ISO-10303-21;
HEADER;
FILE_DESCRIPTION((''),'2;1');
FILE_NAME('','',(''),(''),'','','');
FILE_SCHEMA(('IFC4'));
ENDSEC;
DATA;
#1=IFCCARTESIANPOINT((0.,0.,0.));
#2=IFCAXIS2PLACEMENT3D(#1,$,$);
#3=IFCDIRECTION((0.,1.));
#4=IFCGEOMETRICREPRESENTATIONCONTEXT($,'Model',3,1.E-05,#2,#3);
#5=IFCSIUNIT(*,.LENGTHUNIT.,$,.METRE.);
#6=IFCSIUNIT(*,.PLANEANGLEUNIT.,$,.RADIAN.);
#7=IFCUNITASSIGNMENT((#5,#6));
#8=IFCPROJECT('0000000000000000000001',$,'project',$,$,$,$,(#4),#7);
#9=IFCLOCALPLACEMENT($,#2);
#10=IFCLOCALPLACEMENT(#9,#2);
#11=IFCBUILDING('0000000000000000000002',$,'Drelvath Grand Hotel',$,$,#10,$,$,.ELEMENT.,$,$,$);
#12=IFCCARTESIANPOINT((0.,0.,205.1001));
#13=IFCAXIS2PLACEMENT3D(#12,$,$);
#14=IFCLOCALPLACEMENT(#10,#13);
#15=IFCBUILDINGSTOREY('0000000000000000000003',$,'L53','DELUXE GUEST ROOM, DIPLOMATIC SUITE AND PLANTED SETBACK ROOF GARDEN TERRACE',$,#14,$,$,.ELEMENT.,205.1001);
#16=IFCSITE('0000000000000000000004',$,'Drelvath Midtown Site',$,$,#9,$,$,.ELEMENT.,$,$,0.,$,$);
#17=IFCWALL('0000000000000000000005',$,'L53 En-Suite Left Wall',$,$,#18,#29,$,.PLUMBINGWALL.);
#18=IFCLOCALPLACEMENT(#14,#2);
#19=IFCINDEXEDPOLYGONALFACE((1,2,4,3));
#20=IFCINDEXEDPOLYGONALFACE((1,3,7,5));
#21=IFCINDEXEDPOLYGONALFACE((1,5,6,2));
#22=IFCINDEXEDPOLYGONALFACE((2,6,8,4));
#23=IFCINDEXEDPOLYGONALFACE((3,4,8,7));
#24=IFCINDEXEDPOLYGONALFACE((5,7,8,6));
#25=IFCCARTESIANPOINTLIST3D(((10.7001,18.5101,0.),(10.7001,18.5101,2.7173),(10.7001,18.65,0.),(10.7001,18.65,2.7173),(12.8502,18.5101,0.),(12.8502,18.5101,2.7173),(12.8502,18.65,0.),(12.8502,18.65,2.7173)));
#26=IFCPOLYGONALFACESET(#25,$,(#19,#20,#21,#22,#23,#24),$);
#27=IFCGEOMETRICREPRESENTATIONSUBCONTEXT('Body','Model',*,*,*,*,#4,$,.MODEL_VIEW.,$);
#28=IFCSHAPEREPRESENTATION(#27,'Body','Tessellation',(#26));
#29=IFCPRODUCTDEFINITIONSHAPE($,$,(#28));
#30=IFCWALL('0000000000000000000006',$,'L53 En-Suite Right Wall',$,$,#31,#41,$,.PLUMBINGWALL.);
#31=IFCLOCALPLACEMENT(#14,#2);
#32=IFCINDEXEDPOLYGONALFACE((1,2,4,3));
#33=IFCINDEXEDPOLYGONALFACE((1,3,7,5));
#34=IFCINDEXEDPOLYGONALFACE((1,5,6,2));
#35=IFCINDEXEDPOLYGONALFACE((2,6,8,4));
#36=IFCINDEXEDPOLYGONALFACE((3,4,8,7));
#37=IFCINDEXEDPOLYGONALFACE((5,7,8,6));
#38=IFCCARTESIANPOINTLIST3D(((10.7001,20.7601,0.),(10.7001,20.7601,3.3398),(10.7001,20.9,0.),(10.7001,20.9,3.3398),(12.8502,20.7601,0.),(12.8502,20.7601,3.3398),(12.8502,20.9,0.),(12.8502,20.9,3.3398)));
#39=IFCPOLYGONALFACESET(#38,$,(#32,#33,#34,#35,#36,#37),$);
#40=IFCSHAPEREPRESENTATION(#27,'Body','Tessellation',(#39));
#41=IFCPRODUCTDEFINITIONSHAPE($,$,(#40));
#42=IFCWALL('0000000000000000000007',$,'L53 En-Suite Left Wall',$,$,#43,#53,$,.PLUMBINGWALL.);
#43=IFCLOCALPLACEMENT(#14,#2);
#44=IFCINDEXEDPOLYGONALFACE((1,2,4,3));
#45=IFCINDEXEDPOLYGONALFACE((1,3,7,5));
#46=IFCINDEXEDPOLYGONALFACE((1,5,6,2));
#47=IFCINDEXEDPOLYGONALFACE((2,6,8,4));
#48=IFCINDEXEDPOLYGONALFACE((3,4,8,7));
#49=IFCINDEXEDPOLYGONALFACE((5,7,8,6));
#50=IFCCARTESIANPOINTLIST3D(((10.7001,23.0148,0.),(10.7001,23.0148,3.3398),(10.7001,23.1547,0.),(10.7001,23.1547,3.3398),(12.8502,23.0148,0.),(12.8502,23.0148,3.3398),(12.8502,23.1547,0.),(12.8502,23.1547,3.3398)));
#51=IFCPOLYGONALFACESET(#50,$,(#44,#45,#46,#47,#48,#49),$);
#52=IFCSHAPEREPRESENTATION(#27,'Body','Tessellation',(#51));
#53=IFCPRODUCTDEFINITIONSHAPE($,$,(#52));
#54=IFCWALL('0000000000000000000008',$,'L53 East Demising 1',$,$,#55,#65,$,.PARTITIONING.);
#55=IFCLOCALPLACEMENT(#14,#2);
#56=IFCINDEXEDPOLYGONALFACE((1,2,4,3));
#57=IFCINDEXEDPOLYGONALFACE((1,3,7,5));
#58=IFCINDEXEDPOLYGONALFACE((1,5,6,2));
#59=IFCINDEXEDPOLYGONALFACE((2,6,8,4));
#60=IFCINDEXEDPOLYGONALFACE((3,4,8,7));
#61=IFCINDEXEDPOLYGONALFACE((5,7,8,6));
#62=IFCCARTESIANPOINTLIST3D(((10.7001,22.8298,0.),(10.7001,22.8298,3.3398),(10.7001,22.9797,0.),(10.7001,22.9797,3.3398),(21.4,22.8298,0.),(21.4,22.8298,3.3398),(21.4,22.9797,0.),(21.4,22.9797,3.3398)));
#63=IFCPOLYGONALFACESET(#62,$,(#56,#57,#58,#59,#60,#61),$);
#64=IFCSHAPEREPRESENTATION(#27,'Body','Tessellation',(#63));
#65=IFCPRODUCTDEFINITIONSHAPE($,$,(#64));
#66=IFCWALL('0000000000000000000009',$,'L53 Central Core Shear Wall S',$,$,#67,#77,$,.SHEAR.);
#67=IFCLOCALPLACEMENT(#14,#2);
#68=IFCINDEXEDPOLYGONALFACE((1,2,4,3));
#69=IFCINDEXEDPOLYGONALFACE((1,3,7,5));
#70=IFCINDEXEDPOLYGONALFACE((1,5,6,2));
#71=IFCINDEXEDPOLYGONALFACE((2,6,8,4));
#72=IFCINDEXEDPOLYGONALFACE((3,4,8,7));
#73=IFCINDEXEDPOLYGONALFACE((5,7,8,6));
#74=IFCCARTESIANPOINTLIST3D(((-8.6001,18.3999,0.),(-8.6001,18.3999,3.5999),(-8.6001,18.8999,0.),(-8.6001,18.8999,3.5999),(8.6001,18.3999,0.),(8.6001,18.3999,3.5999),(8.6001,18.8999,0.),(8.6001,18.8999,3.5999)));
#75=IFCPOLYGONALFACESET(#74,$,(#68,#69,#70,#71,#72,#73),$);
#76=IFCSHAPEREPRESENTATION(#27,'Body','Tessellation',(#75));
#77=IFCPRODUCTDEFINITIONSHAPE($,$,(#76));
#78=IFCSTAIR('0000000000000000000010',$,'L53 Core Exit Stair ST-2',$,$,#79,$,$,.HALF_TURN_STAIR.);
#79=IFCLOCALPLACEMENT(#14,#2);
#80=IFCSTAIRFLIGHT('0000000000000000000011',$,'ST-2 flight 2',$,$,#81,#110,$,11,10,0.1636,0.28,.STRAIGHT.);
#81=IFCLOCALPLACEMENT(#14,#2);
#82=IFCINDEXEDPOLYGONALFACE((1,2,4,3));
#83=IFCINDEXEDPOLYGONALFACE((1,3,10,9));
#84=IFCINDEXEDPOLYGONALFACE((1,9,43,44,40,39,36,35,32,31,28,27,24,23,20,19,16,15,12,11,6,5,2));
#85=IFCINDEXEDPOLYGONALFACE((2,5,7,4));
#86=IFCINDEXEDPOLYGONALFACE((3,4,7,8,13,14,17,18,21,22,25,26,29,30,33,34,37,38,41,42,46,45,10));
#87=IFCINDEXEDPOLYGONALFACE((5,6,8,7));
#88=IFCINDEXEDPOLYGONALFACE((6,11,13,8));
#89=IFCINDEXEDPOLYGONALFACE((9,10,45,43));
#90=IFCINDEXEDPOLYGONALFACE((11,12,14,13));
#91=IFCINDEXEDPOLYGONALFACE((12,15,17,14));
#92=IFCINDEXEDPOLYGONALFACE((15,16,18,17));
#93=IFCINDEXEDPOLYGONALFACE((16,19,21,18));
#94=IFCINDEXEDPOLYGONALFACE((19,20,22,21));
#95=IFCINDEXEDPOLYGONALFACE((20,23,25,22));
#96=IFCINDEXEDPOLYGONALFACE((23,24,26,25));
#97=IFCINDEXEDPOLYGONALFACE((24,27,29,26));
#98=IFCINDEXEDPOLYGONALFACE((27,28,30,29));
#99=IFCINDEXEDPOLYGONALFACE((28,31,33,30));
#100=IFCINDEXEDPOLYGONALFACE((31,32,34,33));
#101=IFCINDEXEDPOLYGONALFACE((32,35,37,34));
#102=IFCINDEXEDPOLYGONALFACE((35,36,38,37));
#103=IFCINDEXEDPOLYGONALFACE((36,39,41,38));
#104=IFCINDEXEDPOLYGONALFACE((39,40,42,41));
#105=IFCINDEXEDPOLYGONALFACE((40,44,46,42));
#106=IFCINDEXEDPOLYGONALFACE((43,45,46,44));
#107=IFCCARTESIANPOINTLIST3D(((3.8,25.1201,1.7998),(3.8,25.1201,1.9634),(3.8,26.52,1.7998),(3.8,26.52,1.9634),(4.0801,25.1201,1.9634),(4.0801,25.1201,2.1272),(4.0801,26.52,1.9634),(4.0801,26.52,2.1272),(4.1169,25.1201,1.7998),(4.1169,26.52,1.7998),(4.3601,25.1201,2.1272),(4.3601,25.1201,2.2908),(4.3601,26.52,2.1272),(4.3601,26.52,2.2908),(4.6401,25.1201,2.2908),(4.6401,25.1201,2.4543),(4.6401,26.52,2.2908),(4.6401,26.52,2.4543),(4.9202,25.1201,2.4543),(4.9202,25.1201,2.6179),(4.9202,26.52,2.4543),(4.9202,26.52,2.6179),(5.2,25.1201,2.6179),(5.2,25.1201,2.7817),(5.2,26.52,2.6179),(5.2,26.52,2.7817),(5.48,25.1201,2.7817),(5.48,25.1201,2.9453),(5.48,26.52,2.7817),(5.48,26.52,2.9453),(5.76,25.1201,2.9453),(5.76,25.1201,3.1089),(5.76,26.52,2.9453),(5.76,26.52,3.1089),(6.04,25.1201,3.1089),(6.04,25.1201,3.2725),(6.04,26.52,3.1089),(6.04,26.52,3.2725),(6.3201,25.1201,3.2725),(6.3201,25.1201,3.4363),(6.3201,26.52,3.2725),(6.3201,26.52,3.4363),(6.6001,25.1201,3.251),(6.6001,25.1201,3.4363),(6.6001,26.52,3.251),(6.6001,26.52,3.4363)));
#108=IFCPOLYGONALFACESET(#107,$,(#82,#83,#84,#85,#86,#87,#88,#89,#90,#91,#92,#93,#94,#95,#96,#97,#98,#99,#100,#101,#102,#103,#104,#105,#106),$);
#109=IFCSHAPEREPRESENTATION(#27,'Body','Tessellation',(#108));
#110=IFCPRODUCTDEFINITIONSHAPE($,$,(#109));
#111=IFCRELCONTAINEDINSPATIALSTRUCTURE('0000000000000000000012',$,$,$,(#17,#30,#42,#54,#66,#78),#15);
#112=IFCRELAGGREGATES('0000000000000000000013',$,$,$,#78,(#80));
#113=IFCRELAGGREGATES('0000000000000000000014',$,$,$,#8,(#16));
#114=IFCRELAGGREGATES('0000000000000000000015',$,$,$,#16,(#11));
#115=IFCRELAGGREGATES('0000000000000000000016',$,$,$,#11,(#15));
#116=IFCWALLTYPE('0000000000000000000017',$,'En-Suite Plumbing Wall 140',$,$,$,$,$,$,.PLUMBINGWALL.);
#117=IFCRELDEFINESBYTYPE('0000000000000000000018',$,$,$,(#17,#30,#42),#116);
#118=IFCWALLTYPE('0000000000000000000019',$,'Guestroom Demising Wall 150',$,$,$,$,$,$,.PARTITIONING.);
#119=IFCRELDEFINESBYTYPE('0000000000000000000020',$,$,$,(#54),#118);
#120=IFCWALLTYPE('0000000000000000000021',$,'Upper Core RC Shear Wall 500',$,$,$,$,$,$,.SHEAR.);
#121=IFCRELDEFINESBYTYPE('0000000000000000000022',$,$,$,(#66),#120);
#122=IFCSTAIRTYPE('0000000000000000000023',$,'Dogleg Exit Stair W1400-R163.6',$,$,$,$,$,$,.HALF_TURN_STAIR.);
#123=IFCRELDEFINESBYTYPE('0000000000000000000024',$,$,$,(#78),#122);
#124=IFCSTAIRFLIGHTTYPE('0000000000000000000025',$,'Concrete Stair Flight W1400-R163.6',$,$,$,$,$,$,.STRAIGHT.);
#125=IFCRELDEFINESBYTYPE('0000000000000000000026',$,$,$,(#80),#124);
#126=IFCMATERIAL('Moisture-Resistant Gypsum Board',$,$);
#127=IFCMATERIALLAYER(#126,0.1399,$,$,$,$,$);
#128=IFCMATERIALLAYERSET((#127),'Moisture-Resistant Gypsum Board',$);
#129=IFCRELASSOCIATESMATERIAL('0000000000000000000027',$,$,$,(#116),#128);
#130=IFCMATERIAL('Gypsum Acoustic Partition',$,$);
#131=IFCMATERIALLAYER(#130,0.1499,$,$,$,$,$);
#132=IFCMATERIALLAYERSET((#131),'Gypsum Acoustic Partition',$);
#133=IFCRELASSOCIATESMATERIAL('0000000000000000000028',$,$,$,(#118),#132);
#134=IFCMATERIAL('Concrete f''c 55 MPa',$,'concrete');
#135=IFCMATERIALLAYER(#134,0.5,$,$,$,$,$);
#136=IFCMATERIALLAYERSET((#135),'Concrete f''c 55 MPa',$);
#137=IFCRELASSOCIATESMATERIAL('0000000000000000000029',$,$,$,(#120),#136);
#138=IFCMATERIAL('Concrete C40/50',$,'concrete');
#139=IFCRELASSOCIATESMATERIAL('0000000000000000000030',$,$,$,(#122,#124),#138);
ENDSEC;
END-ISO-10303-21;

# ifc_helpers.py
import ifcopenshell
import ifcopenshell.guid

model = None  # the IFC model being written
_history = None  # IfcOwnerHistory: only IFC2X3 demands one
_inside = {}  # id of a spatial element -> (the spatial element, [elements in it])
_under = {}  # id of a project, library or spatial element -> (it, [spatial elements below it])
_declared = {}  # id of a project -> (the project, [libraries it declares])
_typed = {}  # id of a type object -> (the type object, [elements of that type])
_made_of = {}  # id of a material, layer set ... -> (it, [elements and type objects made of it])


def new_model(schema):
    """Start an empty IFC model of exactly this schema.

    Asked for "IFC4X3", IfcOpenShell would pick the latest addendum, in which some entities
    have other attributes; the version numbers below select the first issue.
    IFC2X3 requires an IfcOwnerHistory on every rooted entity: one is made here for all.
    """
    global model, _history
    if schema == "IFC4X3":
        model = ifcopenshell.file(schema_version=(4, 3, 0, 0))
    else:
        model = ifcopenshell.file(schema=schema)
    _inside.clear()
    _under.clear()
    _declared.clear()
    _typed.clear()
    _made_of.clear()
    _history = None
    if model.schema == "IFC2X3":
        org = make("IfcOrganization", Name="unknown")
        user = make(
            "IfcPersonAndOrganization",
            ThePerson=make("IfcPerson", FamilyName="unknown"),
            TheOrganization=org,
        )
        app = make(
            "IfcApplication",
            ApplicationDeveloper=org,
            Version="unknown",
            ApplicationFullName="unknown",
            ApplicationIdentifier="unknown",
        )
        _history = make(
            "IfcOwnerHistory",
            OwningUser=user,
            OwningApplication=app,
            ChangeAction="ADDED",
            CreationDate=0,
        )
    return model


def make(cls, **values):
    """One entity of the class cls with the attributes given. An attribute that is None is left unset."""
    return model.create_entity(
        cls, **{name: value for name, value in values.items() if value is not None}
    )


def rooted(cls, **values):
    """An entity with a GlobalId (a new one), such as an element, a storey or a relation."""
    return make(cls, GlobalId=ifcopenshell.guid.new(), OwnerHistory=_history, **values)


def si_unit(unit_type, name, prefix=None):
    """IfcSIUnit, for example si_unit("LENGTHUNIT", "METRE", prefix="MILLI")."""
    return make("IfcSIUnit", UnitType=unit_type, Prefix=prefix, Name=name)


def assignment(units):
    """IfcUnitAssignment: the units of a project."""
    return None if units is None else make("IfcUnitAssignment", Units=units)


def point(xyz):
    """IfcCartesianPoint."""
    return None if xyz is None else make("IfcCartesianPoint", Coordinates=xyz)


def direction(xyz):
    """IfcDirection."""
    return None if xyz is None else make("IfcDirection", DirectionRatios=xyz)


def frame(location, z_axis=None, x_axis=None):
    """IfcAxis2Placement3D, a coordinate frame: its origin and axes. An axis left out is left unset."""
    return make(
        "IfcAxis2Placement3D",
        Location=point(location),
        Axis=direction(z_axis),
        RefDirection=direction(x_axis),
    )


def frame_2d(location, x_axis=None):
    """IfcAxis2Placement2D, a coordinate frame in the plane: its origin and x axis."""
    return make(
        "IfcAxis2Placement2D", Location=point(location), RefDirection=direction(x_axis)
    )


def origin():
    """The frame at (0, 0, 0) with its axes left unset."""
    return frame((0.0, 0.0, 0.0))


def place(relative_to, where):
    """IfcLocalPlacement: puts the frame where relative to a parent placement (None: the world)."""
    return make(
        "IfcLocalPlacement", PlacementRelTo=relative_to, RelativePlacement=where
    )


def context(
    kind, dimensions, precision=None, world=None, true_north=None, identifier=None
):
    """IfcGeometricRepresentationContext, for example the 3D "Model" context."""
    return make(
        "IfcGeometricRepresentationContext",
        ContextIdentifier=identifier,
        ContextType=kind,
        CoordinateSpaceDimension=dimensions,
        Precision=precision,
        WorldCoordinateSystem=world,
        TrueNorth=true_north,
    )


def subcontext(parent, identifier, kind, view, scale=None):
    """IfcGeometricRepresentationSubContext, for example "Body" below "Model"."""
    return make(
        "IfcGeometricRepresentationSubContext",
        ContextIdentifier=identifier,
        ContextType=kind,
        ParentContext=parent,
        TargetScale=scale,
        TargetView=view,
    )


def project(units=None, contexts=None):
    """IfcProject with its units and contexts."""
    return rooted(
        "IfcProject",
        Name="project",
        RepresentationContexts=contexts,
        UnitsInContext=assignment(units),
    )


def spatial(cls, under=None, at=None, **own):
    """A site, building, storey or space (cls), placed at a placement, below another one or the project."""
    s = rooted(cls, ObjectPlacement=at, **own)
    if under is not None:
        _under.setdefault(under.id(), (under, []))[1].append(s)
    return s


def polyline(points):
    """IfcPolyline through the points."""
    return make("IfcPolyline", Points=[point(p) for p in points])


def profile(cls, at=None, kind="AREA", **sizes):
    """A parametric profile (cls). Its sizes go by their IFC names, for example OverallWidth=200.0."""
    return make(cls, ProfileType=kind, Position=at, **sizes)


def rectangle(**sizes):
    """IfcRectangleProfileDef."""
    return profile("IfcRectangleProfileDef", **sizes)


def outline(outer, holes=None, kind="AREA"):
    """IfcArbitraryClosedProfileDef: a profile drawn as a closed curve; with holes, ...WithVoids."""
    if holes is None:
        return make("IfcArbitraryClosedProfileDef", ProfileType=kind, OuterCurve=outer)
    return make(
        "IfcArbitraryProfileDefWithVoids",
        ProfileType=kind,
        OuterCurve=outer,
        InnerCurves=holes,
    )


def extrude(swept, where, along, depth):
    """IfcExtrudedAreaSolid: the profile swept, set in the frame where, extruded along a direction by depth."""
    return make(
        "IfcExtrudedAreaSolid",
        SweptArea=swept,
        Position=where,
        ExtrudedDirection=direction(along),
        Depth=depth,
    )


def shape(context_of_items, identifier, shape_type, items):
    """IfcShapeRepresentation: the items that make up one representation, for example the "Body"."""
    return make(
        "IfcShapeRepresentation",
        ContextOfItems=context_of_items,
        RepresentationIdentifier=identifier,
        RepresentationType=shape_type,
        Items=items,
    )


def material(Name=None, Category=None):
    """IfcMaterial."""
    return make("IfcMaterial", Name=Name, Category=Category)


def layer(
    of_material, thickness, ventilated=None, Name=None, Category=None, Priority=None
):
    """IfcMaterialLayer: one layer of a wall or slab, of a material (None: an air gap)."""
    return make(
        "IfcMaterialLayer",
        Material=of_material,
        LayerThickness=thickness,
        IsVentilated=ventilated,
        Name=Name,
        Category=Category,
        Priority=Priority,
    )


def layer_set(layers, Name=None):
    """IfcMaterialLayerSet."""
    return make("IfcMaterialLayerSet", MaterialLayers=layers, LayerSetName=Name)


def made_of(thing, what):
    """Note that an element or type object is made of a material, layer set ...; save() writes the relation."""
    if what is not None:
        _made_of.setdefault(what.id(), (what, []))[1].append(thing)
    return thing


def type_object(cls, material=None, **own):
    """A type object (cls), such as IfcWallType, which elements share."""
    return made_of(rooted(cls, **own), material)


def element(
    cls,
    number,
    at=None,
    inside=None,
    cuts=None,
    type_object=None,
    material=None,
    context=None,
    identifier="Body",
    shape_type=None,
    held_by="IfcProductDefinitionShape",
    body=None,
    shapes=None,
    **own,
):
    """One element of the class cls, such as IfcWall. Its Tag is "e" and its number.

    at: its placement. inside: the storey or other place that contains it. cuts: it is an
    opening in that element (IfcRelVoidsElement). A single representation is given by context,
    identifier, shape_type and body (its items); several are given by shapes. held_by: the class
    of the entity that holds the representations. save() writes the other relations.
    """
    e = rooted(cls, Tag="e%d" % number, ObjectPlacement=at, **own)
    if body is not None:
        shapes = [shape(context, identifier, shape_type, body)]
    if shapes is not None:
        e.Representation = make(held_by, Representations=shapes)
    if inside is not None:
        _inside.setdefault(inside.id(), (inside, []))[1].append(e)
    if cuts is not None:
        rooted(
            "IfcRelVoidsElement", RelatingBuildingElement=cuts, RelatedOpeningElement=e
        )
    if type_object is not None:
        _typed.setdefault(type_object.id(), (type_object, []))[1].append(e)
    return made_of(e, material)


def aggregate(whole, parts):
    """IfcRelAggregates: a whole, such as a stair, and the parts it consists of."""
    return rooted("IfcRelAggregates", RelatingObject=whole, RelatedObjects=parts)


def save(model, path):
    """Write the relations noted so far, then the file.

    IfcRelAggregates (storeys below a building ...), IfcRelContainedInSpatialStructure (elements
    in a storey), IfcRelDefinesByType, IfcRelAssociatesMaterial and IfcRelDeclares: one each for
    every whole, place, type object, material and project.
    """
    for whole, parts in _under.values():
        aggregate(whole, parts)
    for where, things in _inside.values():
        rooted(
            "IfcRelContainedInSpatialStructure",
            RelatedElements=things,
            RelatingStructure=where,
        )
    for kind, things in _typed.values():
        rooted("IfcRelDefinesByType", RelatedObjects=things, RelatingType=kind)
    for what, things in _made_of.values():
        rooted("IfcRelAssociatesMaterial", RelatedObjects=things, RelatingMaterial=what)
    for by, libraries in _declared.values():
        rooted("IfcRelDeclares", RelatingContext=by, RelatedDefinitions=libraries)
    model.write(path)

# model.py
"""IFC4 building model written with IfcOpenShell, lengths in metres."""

from ifc_helpers import new_model, si_unit, direction, frame, frame_2d, origin, place, context, subcontext, project, spatial, polyline, rectangle, outline, extrude, material, layer, layer_set, type_object, element, aggregate, save


model = new_model("IFC4")

# Units and contexts
model_context = context("Model", 3, precision=1e-05, world=origin(), true_north=direction((0.0, 1.0)))
body_context = subcontext(model_context, "Body", "Model", "MODEL_VIEW")
ifc_project = project(units=[si_unit("LENGTHUNIT", "METRE"), si_unit("PLANEANGLEUNIT", "RADIAN")], contexts=[model_context])

# Site, building, storey
site_placement = place(None, origin())
site = spatial("IfcSite", under=ifc_project, at=site_placement, Name="Drelvath Midtown Site", CompositionType="ELEMENT", RefElevation=0.0)
building_placement = place(site_placement, origin())
building = spatial("IfcBuilding", under=site, at=building_placement, Name="Drelvath Grand Hotel", CompositionType="ELEMENT")
storey_placement = place(building_placement, frame((0.0, 0.0, 205.1001)))
storey = spatial("IfcBuildingStorey", under=building, at=storey_placement, Name="L53", Description="DELUXE GUEST ROOM, DIPLOMATIC SUITE AND PLANTED SETBACK ROOF GARDEN TERRACE", CompositionType="ELEMENT", Elevation=205.1001)

# Shared definitions
ifc_material_1 = material(Name="Concrete f'c 55 MPa", Category="concrete")

# Shared definitions
ifc_material_2 = material(Name="Concrete C40/50", Category="concrete")

# Shared definitions
ifc_material_3 = material(Name="Moisture-Resistant Gypsum Board")
ifc_layer_1 = layer(ifc_material_3, 0.1399)
ifc_layer_set_1 = layer_set([ifc_layer_1], Name="Moisture-Resistant Gypsum Board")
wall_type_1 = type_object("IfcWallType", Name="En-Suite Plumbing Wall 140", PredefinedType="PLUMBINGWALL", material=ifc_layer_set_1)

# Walls
wall_1_placement = place(storey_placement, frame((10.7, 18.5801, 0.0), z_axis=(0.0, 0.0, 1.0), x_axis=(1.0, 0.0, 0.0)))
element("IfcWall", 1, at=wall_1_placement, inside=storey, type_object=wall_type_1, Name="L53 En-Suite Left Wall", PredefinedType="PLUMBINGWALL", context=body_context, shape_type="SweptSolid", body=[
    extrude(rectangle(XDim=2.1501, YDim=0.1399, at=frame_2d((1.0752, 0.0))), origin(), (0.0, 0.0, 1.0), 2.7173),
])
for number, where, z_axis, x_axis, name in (
    (2, (10.7, 20.8301, 0.0), (0.0, 0.0, 1.0), (1.0, 0.0, 0.0), "L53 En-Suite Right Wall"),
    (3, (10.7, 23.0847, 0.0), (0.0, 0.0, 1.0), (1.0, 0.0, 0.0), "L53 En-Suite Left Wall"),
):
    element("IfcWall", number, at=place(storey_placement, frame(where, z_axis=z_axis, x_axis=x_axis)), inside=storey, type_object=wall_type_1, Name=name, PredefinedType="PLUMBINGWALL", context=body_context, shape_type="SweptSolid", body=[
        extrude(rectangle(XDim=2.1501, YDim=0.1399, at=frame_2d((1.0752, 0.0))), origin(), (0.0, 0.0, 1.0), 3.3398),
    ])
ifc_material_4 = material(Name="Gypsum Acoustic Partition")
ifc_layer_2 = layer(ifc_material_4, 0.1499)
ifc_layer_set_2 = layer_set([ifc_layer_2], Name="Gypsum Acoustic Partition")
wall_type_2 = type_object("IfcWallType", Name="Guestroom Demising Wall 150", PredefinedType="PARTITIONING", material=ifc_layer_set_2)
wall_2_placement = place(storey_placement, frame((10.7, 22.9048, 0.0), z_axis=(0.0, 0.0, 1.0), x_axis=(1.0, 0.0, 0.0)))
element("IfcWall", 4, at=wall_2_placement, inside=storey, type_object=wall_type_2, Name="L53 East Demising 1", PredefinedType="PARTITIONING", context=body_context, shape_type="SweptSolid", body=[
    extrude(rectangle(XDim=10.7, YDim=0.1499, at=frame_2d((5.3501, 0.0))), origin(), (0.0, 0.0, 1.0), 3.3398),
])
ifc_layer_3 = layer(ifc_material_1, 0.5)
ifc_layer_set_3 = layer_set([ifc_layer_3], Name="Concrete f'c 55 MPa")
wall_type_3 = type_object("IfcWallType", Name="Upper Core RC Shear Wall 500", PredefinedType="SHEAR", material=ifc_layer_set_3)
wall_3_placement = place(storey_placement, frame((8.6001, 18.6499, 0.0), z_axis=(0.0, 0.0, 1.0), x_axis=(-1.0, 0.0, 0.0)))
element("IfcWall", 5, at=wall_3_placement, inside=storey, type_object=wall_type_3, Name="L53 Central Core Shear Wall S", PredefinedType="SHEAR", context=body_context, shape_type="SweptSolid", body=[
    extrude(rectangle(XDim=17.2002, YDim=0.5, at=frame_2d((8.6001, 0.0))), origin(), (0.0, 0.0, 1.0), 3.5999),
])

# Stair, stair flight
stair_type = type_object("IfcStairType", Name="Dogleg Exit Stair W1400-R163.6", PredefinedType="HALF_TURN_STAIR", material=ifc_material_2)
stair_placement = place(storey_placement, origin())
stair = element("IfcStair", 6, at=stair_placement, inside=storey, type_object=stair_type, Name="L53 Core Exit Stair ST-2", PredefinedType="HALF_TURN_STAIR")
stair_flight_type = type_object("IfcStairFlightType", Name="Concrete Stair Flight W1400-R163.6", PredefinedType="STRAIGHT", material=ifc_material_2)
stair_flight_placement = place(storey_placement, frame((3.8, 25.8201, 1.7998), z_axis=(0.0, 0.0, 1.0), x_axis=(1.0, 0.0, 0.0)))
stair_flight = element("IfcStairFlight", 7, at=stair_flight_placement, type_object=stair_flight_type, Name="ST-2 flight 2", NumberOfRisers=11, NumberOfTreads=10, PredefinedType="STRAIGHT", RiserHeight=0.1636, TreadLength=0.28, context=body_context, shape_type="SweptSolid", body=[
    extrude(outline(polyline([(0.0, 0.0), (0.0, 0.1636), (0.28, 0.1636), (0.28, 0.3274), (0.5601, 0.3274), (0.5601, 0.491), (0.8401, 0.491), (0.8401, 0.6545), (1.1201, 0.6545), (1.1201, 0.8181), (1.3999, 0.8181), (1.3999, 0.9819), (1.6799, 0.9819), (1.6799, 1.1455), (1.96, 1.1455), (1.96, 1.3091), (2.24, 1.3091), (2.24, 1.4727), (2.52, 1.4727), (2.52, 1.6365), (2.8, 1.6365), (2.8, 1.8), (2.8, 1.4512), (0.3169, 0.0), (0.0, 0.0)])), frame((0.0, 0.7, 0.0), z_axis=(0.0, -1.0, 0.0), x_axis=(1.0, 0.0, 0.0)), (0.0, 0.0, 1.0), 1.3999),
])
aggregate(stair, [stair_flight])

save(model, "model.ifc")
